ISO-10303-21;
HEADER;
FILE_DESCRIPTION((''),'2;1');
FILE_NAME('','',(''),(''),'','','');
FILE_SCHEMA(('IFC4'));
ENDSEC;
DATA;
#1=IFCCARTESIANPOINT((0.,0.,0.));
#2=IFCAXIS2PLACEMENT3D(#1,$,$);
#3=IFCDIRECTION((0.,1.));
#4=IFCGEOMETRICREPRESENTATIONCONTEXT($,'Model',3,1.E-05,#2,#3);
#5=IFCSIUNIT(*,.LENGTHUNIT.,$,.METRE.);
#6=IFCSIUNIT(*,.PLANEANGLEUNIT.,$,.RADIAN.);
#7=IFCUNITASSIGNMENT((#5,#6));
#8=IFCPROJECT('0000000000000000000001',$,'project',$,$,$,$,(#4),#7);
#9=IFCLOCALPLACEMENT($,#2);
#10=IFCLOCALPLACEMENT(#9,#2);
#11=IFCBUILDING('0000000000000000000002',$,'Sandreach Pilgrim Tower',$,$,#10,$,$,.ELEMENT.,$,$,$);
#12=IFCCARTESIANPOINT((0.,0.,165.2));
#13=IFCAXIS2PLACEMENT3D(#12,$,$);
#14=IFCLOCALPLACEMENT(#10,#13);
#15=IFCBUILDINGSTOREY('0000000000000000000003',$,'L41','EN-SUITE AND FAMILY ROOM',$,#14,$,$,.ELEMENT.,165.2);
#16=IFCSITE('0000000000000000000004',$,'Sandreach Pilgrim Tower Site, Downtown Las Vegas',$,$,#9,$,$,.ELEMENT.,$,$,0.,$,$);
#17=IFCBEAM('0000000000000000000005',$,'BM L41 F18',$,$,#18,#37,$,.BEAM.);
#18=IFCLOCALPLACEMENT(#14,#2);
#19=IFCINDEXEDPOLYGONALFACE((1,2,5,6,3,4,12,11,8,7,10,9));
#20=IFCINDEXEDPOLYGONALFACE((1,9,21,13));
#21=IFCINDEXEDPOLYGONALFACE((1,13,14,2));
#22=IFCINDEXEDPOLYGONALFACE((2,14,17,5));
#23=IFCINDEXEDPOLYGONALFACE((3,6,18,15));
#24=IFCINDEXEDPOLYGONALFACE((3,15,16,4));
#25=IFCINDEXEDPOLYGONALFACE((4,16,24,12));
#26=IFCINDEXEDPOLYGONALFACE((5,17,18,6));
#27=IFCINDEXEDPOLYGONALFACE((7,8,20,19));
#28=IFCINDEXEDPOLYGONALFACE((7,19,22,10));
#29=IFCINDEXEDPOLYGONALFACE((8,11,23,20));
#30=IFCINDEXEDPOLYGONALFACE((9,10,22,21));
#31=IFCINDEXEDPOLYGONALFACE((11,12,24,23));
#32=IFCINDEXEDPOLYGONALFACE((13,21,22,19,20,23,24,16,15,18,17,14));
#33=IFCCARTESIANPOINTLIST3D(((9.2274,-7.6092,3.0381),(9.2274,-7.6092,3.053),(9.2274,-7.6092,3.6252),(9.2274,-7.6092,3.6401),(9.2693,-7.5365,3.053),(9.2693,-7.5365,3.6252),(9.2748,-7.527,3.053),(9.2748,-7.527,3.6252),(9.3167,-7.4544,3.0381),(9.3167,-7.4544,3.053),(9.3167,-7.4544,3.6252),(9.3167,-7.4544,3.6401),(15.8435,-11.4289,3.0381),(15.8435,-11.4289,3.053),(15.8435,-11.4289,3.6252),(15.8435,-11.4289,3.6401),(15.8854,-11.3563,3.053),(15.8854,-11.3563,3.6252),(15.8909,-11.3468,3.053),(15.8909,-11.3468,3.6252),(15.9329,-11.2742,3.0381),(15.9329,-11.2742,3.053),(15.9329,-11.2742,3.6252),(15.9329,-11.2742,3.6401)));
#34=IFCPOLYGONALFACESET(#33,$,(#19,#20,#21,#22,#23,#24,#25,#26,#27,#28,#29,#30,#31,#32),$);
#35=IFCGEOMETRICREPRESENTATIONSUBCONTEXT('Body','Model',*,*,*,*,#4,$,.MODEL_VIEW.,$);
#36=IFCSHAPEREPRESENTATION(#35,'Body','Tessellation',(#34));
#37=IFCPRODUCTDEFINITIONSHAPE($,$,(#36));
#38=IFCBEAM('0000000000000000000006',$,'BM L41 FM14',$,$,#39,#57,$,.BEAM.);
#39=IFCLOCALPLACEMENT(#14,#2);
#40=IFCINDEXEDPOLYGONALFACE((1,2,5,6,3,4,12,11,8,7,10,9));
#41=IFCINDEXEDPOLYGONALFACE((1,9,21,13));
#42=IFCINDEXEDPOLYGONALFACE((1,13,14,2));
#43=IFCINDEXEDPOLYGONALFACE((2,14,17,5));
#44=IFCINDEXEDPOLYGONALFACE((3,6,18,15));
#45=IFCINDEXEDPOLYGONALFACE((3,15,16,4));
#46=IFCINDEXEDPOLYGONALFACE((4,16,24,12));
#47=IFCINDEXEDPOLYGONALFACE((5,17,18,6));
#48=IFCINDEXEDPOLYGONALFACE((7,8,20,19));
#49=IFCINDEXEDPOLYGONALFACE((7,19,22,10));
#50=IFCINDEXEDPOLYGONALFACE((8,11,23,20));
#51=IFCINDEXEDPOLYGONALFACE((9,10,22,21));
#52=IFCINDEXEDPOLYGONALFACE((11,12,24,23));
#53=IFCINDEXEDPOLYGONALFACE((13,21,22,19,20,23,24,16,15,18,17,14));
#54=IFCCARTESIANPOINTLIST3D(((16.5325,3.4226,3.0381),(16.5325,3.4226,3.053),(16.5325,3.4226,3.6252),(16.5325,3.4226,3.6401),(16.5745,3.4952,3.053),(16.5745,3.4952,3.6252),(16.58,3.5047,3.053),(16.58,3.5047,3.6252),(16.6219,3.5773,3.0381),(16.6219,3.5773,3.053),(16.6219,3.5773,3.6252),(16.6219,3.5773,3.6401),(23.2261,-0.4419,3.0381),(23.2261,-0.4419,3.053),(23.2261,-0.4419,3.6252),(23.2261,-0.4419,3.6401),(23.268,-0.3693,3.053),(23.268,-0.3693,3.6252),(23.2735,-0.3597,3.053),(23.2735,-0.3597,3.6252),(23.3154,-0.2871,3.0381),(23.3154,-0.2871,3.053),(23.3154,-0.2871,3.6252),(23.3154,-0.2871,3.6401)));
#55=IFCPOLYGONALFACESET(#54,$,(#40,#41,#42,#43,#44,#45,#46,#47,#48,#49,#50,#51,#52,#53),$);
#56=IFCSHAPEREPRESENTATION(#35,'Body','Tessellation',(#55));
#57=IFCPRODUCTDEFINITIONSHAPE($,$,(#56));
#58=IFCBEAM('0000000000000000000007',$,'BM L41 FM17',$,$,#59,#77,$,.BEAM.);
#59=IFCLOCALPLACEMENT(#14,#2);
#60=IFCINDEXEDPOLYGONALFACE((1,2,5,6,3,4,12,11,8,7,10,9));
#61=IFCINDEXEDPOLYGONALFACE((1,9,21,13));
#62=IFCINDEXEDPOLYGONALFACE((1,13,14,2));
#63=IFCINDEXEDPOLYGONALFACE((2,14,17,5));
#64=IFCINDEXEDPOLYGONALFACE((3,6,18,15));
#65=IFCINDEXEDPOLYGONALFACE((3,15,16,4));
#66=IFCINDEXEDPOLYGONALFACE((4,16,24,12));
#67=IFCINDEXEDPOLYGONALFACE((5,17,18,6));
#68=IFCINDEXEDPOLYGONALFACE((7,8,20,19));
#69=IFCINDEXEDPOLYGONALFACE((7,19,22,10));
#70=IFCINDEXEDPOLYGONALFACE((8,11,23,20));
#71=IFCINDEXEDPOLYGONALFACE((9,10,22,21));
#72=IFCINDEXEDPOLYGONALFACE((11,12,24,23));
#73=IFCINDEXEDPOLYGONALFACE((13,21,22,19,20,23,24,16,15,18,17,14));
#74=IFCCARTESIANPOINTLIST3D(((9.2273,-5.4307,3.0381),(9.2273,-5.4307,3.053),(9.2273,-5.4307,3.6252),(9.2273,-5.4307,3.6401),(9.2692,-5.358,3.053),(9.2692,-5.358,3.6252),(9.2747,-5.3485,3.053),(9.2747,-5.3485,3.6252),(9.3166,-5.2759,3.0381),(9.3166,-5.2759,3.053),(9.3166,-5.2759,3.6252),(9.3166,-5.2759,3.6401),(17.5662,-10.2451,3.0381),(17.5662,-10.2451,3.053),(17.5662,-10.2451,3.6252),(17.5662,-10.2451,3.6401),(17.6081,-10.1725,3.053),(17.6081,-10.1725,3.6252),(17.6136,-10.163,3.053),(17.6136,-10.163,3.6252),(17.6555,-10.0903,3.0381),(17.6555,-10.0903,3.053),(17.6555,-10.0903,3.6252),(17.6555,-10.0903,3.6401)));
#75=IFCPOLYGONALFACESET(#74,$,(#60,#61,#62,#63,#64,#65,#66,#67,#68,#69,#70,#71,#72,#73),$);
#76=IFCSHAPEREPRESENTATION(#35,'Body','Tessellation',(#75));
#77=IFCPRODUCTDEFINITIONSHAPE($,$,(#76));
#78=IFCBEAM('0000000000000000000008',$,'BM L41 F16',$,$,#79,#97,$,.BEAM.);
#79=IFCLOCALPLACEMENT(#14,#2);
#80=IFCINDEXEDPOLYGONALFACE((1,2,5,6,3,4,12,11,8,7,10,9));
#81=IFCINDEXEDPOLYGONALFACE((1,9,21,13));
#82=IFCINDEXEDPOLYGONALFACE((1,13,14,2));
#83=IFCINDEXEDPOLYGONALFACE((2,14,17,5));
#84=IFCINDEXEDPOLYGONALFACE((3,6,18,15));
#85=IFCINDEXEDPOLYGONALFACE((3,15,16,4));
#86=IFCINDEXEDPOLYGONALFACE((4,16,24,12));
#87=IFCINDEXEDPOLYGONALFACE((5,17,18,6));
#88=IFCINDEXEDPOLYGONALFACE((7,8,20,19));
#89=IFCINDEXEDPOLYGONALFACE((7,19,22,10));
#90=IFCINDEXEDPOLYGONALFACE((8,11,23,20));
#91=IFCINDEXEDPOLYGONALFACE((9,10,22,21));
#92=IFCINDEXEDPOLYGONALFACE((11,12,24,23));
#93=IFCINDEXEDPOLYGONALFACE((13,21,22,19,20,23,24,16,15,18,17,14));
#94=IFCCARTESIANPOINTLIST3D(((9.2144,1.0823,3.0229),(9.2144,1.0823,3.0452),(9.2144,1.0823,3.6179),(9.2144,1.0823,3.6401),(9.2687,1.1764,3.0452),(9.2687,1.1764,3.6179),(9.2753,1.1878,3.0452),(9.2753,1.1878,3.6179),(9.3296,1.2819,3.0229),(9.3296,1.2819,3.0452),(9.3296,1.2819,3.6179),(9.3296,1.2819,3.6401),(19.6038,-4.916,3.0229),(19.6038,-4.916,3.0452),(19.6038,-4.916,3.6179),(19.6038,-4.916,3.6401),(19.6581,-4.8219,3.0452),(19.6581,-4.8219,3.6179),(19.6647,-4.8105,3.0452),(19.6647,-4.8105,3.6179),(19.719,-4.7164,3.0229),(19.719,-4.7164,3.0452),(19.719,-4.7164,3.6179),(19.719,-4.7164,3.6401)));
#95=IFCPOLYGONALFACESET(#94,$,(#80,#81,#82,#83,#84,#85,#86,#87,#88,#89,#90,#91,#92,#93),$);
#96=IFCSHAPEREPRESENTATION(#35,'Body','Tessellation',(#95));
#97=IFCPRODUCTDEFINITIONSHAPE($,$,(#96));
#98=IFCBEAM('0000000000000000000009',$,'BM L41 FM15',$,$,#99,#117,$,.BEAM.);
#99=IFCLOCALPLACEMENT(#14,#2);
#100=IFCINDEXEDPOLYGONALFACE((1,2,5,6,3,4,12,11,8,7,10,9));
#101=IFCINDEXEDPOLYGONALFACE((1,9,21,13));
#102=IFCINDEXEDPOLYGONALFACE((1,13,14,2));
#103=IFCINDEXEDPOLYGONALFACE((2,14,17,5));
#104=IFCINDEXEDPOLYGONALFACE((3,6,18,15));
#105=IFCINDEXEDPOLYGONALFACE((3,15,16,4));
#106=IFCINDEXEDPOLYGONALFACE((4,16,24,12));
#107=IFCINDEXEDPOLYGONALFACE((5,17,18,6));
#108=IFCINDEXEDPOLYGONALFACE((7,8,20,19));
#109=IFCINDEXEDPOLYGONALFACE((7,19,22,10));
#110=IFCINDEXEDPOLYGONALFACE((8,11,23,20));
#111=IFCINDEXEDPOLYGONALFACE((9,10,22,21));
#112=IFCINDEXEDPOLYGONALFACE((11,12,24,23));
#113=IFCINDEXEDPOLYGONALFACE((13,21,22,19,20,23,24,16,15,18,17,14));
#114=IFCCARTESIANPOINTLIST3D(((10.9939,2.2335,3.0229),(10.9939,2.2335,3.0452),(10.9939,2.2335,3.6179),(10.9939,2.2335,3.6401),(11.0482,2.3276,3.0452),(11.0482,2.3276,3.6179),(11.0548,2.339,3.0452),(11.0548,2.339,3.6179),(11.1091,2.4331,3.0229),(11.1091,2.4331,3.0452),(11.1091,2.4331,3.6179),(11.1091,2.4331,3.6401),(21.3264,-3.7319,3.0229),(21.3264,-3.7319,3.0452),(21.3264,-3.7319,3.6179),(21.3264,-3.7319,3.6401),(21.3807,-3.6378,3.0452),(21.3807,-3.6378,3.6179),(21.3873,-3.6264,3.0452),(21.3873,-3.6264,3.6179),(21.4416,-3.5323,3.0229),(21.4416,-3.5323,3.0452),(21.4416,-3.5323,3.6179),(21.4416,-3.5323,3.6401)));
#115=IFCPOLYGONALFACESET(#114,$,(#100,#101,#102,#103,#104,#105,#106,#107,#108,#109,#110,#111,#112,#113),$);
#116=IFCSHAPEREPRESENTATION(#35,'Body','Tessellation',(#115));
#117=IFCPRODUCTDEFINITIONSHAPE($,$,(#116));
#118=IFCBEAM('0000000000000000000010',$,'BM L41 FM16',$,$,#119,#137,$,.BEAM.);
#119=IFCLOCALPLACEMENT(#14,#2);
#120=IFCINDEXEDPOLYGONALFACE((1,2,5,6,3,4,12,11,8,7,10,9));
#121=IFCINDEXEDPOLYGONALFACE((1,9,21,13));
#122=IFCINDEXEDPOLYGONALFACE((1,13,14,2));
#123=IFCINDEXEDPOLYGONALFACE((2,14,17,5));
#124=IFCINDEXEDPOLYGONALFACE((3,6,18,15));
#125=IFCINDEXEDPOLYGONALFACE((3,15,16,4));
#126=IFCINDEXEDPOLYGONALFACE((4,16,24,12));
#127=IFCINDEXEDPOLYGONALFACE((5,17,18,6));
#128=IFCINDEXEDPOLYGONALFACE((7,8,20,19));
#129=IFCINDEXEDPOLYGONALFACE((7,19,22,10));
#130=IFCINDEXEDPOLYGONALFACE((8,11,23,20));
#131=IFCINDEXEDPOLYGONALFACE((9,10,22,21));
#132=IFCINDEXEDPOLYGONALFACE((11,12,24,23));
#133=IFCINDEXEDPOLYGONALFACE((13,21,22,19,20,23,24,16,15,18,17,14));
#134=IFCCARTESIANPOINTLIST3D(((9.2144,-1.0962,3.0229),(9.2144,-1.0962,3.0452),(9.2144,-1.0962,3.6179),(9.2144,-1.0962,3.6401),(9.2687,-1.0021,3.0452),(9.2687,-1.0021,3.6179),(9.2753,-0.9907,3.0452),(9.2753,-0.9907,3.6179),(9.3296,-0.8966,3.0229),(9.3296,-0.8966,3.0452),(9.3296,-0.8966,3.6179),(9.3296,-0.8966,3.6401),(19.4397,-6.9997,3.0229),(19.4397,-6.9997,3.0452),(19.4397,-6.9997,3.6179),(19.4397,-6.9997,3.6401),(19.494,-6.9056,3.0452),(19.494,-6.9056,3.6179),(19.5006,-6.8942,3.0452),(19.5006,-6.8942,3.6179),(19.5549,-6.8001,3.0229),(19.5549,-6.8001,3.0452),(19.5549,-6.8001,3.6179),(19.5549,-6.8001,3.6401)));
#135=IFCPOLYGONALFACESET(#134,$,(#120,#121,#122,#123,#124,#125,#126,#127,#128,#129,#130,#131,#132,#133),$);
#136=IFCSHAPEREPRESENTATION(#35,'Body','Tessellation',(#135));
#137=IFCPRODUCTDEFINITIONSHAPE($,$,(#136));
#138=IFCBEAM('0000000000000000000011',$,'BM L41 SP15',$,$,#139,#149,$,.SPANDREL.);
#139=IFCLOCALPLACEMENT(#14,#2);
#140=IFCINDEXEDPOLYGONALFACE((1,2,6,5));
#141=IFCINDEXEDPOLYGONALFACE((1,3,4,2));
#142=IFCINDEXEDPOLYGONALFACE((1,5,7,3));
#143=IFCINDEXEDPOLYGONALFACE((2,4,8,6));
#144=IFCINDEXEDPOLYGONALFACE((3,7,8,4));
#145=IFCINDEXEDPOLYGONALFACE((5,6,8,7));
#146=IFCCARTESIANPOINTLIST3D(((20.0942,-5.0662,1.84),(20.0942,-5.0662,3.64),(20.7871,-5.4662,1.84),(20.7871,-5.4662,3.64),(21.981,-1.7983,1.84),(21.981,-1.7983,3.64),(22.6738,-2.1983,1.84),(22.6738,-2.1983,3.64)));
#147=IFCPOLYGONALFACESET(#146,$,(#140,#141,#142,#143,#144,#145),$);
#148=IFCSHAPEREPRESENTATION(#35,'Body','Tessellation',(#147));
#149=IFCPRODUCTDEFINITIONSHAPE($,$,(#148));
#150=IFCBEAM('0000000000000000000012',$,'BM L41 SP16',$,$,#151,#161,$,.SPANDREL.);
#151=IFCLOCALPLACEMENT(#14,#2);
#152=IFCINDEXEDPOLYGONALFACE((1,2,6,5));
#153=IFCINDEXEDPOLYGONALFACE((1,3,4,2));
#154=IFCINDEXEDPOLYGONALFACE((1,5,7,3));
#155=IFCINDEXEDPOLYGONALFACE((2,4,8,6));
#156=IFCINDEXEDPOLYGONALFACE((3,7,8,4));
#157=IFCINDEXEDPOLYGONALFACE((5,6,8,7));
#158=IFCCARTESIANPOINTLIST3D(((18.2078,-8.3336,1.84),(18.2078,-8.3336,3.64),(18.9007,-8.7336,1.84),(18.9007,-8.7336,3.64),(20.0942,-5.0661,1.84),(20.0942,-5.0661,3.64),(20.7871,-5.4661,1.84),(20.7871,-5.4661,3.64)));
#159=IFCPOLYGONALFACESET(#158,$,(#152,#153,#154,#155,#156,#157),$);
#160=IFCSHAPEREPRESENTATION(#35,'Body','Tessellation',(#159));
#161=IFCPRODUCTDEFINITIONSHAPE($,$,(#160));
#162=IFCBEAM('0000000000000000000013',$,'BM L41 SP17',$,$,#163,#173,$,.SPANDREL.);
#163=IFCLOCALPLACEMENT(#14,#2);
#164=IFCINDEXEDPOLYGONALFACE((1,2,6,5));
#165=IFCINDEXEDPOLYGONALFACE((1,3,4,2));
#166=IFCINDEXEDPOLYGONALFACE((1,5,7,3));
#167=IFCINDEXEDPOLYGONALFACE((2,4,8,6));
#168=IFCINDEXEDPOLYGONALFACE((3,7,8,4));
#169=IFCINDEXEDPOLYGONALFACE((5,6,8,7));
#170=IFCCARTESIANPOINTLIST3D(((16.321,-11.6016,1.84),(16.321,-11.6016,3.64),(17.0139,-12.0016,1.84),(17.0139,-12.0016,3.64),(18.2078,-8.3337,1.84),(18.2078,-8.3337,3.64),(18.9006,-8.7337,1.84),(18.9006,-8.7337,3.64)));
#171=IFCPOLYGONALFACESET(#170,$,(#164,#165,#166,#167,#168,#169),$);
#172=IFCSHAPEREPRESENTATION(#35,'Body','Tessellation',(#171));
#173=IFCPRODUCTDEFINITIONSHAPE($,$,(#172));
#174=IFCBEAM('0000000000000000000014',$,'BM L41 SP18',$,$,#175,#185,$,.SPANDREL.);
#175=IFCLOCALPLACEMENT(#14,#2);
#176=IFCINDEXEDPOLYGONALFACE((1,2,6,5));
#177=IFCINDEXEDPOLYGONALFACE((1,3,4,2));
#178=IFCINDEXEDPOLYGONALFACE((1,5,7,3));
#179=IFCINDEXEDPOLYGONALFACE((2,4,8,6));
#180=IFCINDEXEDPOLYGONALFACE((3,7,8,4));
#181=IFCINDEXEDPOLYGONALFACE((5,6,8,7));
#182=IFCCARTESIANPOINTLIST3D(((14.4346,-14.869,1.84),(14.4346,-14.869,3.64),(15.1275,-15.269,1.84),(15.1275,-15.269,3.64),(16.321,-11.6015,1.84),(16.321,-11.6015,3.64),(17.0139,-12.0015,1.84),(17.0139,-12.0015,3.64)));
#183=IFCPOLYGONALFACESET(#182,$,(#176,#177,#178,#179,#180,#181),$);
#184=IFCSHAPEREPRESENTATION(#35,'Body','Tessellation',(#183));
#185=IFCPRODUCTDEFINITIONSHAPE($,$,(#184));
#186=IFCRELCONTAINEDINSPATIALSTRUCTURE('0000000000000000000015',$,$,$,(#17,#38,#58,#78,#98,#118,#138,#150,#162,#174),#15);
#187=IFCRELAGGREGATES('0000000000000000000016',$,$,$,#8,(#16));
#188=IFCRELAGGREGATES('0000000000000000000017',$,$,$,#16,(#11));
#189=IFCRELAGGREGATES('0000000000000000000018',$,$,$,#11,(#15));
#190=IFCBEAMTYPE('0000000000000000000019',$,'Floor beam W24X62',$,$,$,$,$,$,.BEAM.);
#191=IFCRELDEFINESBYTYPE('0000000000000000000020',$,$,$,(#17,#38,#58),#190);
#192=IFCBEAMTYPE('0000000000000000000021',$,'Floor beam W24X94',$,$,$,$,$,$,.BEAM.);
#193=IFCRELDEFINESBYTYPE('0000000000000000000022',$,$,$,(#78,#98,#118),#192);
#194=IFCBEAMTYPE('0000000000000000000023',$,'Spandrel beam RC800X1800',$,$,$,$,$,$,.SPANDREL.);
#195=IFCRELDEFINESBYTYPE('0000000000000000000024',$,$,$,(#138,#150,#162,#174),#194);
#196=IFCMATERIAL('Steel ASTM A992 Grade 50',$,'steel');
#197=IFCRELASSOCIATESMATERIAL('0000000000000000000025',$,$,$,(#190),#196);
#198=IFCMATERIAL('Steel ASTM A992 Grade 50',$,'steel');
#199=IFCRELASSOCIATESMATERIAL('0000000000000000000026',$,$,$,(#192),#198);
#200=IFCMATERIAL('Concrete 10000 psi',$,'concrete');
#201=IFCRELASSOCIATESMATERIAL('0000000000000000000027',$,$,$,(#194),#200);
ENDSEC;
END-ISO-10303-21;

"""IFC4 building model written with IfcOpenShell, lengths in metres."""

from ifc_helpers import new_model, si_unit, direction, frame, origin, origin_2d, place, context, subcontext, project, spatial, rectangle, i_section, extrude, material, material_profile, profile_set, type_object, element, save


model = new_model("IFC4")

# Units and contexts
model_context = context("Model", 3, precision=1e-05, world=origin(), true_north=direction((0.0, 1.0)))
body_context = subcontext(model_context, "Body", "Model", "MODEL_VIEW")
ifc_project = project(units=[si_unit("LENGTHUNIT", "METRE"), si_unit("PLANEANGLEUNIT", "RADIAN")], contexts=[model_context])

# Site, building, storey
site_placement = place(None, origin())
site = spatial("IfcSite", under=ifc_project, at=site_placement, Name="Sandreach Pilgrim Tower Site, Downtown Las Vegas", CompositionType="ELEMENT", RefElevation=0.0)
building_placement = place(site_placement, origin())
building = spatial("IfcBuilding", under=site, at=building_placement, Name="Sandreach Pilgrim Tower", CompositionType="ELEMENT")
storey_placement = place(building_placement, frame((0.0, 0.0, 165.2)))
storey = spatial("IfcBuildingStorey", under=building, at=storey_placement, Name="L41", Description="EN-SUITE AND FAMILY ROOM", CompositionType="ELEMENT", Elevation=165.2)

# Beams
ifc_material_1 = material(Name="Steel ASTM A992 Grade 50", Category="steel")
ifc_material_profile_1 = material_profile(ifc_material_1, i_section(OverallWidth=0.1787, OverallDepth=0.6021, WebThickness=0.011, FlangeThickness=0.0149, at=origin_2d()), Name="W24X62")
ifc_profile_set_1 = profile_set([ifc_material_profile_1], Name="Steel ASTM A992 Grade 50")
beam_type_1 = type_object("IfcBeamType", Name="Floor beam W24X62", PredefinedType="BEAM", material=ifc_profile_set_1)
beam_1_placement = place(storey_placement, frame((15.8882, -11.3516, 3.3391), z_axis=(-0.866028, 0.499995, 0.0), x_axis=(-0.499995, -0.866028, 0.0)))
element("IfcBeam", 1, at=beam_1_placement, inside=storey, type_object=beam_type_1, Name="BM L41 F18", PredefinedType="BEAM", context=body_context, shape_type="SweptSolid", body=[
    extrude(i_section(OverallWidth=0.1787, OverallDepth=0.6021, WebThickness=0.011, FlangeThickness=0.0149, at=origin_2d()), origin(), (0.0, 0.0, 1.0), 7.6396),
])
beam_2_placement = place(storey_placement, frame((23.2708, -0.3645, 3.3391), z_axis=(-0.866028, 0.499995, 0.0), x_axis=(-0.499995, -0.866028, 0.0)))
element("IfcBeam", 2, at=beam_2_placement, inside=storey, type_object=beam_type_1, Name="BM L41 FM14", PredefinedType="BEAM", context=body_context, shape_type="SweptSolid", body=[
    extrude(i_section(OverallWidth=0.1787, OverallDepth=0.6021, WebThickness=0.011, FlangeThickness=0.0149, at=origin_2d()), origin(), (0.0, 0.0, 1.0), 7.729),
])
beam_3_placement = place(storey_placement, frame((17.6108, -10.1677, 3.3391), z_axis=(-0.866025, 0.5, 0.0), x_axis=(-0.5, -0.866025, 0.0)))
element("IfcBeam", 3, at=beam_3_placement, inside=storey, type_object=beam_type_1, Name="BM L41 FM17", PredefinedType="BEAM", context=body_context, shape_type="SweptSolid", body=[
    extrude(i_section(OverallWidth=0.1787, OverallDepth=0.6021, WebThickness=0.011, FlangeThickness=0.0149, at=origin_2d()), origin(), (0.0, 0.0, 1.0), 9.6289),
])
ifc_material_2 = material(Name="Steel ASTM A992 Grade 50", Category="steel")
ifc_material_profile_2 = material_profile(ifc_material_2, i_section(OverallWidth=0.2305, OverallDepth=0.6172, WebThickness=0.0132, FlangeThickness=0.0222, at=origin_2d()), Name="W24X94")
ifc_profile_set_2 = profile_set([ifc_material_profile_2], Name="Steel ASTM A992 Grade 50")
beam_type_2 = type_object("IfcBeamType", Name="Floor beam W24X94", PredefinedType="BEAM", material=ifc_profile_set_2)
beam_4_placement = place(storey_placement, frame((19.6614, -4.8162, 3.3315), z_axis=(-0.866027, 0.499998, 0.0), x_axis=(-0.499998, -0.866027, 0.0)))
element("IfcBeam", 4, at=beam_4_placement, inside=storey, type_object=beam_type_2, Name="BM L41 F16", PredefinedType="BEAM", context=body_context, shape_type="SweptSolid", body=[
    extrude(i_section(OverallWidth=0.2305, OverallDepth=0.6172, WebThickness=0.0132, FlangeThickness=0.0222, at=origin_2d()), origin(), (0.0, 0.0, 1.0), 11.9966),
])
beam_5_placement = place(storey_placement, frame((21.384, -3.6321, 3.3315), z_axis=(-0.866031, 0.499991, 0.0), x_axis=(-0.499991, -0.866031, 0.0)))
element("IfcBeam", 5, at=beam_5_placement, inside=storey, type_object=beam_type_2, Name="BM L41 FM15", PredefinedType="BEAM", context=body_context, shape_type="SweptSolid", body=[
    extrude(i_section(OverallWidth=0.2305, OverallDepth=0.6172, WebThickness=0.0132, FlangeThickness=0.0222, at=origin_2d()), origin(), (0.0, 0.0, 1.0), 11.9309),
])
beam_6_placement = place(storey_placement, frame((19.4973, -6.8999, 3.3315), z_axis=(-0.866027, 0.499997, 0.0), x_axis=(-0.499997, -0.866027, 0.0)))
element("IfcBeam", 6, at=beam_6_placement, inside=storey, type_object=beam_type_2, Name="BM L41 FM16", PredefinedType="BEAM", context=body_context, shape_type="SweptSolid", body=[
    extrude(i_section(OverallWidth=0.2305, OverallDepth=0.6172, WebThickness=0.0132, FlangeThickness=0.0222, at=origin_2d()), origin(), (0.0, 0.0, 1.0), 11.8071),
])
ifc_material_3 = material(Name="Concrete 10000 psi", Category="concrete")
ifc_material_profile_3 = material_profile(ifc_material_3, rectangle(XDim=0.8, YDim=1.8, at=origin_2d()), Name="RC800X1800")
ifc_profile_set_3 = profile_set([ifc_material_profile_3], Name="Concrete 10000 psi")
beam_type_3 = type_object("IfcBeamType", Name="Spandrel beam RC800X1800", PredefinedType="SPANDREL", material=ifc_profile_set_3)
beam_7_placement = place(storey_placement, frame((22.3274, -1.9983, 2.74), z_axis=(-0.500008, -0.866021, 0.0), x_axis=(0.866021, -0.500008, 0.0)))
element("IfcBeam", 7, at=beam_7_placement, inside=storey, type_object=beam_type_3, Name="BM L41 SP15", PredefinedType="SPANDREL", context=body_context, shape_type="SweptSolid", body=[
    extrude(rectangle(XDim=0.8, YDim=1.8, at=origin_2d()), origin(), (0.0, 0.0, 1.0), 3.7734),
])
beam_8_placement = place(storey_placement, frame((20.4407, -5.2661, 2.74), z_axis=(-0.499988, -0.866033, 0.0), x_axis=(0.866033, -0.499988, 0.0)))
element("IfcBeam", 8, at=beam_8_placement, inside=storey, type_object=beam_type_3, Name="BM L41 SP16", PredefinedType="SPANDREL", context=body_context, shape_type="SweptSolid", body=[
    extrude(rectangle(XDim=0.8, YDim=1.8, at=origin_2d()), origin(), (0.0, 0.0, 1.0), 3.7729),
])
beam_9_placement = place(storey_placement, frame((18.5542, -8.5337, 2.74), z_axis=(-0.500008, -0.866021, 0.0), x_axis=(0.866021, -0.500008, 0.0)))
element("IfcBeam", 9, at=beam_9_placement, inside=storey, type_object=beam_type_3, Name="BM L41 SP17", PredefinedType="SPANDREL", context=body_context, shape_type="SweptSolid", body=[
    extrude(rectangle(XDim=0.8, YDim=1.8, at=origin_2d()), origin(), (0.0, 0.0, 1.0), 3.7734),
])
beam_10_placement = place(storey_placement, frame((16.6675, -11.8015, 2.74), z_axis=(-0.499988, -0.866033, 0.0), x_axis=(0.866033, -0.499988, 0.0)))
element("IfcBeam", 10, at=beam_10_placement, inside=storey, type_object=beam_type_3, Name="BM L41 SP18", PredefinedType="SPANDREL", context=body_context, shape_type="SweptSolid", body=[
    extrude(rectangle(XDim=0.8, YDim=1.8, at=origin_2d()), origin(), (0.0, 0.0, 1.0), 3.7729),
])

save(model, "model.ifc")
